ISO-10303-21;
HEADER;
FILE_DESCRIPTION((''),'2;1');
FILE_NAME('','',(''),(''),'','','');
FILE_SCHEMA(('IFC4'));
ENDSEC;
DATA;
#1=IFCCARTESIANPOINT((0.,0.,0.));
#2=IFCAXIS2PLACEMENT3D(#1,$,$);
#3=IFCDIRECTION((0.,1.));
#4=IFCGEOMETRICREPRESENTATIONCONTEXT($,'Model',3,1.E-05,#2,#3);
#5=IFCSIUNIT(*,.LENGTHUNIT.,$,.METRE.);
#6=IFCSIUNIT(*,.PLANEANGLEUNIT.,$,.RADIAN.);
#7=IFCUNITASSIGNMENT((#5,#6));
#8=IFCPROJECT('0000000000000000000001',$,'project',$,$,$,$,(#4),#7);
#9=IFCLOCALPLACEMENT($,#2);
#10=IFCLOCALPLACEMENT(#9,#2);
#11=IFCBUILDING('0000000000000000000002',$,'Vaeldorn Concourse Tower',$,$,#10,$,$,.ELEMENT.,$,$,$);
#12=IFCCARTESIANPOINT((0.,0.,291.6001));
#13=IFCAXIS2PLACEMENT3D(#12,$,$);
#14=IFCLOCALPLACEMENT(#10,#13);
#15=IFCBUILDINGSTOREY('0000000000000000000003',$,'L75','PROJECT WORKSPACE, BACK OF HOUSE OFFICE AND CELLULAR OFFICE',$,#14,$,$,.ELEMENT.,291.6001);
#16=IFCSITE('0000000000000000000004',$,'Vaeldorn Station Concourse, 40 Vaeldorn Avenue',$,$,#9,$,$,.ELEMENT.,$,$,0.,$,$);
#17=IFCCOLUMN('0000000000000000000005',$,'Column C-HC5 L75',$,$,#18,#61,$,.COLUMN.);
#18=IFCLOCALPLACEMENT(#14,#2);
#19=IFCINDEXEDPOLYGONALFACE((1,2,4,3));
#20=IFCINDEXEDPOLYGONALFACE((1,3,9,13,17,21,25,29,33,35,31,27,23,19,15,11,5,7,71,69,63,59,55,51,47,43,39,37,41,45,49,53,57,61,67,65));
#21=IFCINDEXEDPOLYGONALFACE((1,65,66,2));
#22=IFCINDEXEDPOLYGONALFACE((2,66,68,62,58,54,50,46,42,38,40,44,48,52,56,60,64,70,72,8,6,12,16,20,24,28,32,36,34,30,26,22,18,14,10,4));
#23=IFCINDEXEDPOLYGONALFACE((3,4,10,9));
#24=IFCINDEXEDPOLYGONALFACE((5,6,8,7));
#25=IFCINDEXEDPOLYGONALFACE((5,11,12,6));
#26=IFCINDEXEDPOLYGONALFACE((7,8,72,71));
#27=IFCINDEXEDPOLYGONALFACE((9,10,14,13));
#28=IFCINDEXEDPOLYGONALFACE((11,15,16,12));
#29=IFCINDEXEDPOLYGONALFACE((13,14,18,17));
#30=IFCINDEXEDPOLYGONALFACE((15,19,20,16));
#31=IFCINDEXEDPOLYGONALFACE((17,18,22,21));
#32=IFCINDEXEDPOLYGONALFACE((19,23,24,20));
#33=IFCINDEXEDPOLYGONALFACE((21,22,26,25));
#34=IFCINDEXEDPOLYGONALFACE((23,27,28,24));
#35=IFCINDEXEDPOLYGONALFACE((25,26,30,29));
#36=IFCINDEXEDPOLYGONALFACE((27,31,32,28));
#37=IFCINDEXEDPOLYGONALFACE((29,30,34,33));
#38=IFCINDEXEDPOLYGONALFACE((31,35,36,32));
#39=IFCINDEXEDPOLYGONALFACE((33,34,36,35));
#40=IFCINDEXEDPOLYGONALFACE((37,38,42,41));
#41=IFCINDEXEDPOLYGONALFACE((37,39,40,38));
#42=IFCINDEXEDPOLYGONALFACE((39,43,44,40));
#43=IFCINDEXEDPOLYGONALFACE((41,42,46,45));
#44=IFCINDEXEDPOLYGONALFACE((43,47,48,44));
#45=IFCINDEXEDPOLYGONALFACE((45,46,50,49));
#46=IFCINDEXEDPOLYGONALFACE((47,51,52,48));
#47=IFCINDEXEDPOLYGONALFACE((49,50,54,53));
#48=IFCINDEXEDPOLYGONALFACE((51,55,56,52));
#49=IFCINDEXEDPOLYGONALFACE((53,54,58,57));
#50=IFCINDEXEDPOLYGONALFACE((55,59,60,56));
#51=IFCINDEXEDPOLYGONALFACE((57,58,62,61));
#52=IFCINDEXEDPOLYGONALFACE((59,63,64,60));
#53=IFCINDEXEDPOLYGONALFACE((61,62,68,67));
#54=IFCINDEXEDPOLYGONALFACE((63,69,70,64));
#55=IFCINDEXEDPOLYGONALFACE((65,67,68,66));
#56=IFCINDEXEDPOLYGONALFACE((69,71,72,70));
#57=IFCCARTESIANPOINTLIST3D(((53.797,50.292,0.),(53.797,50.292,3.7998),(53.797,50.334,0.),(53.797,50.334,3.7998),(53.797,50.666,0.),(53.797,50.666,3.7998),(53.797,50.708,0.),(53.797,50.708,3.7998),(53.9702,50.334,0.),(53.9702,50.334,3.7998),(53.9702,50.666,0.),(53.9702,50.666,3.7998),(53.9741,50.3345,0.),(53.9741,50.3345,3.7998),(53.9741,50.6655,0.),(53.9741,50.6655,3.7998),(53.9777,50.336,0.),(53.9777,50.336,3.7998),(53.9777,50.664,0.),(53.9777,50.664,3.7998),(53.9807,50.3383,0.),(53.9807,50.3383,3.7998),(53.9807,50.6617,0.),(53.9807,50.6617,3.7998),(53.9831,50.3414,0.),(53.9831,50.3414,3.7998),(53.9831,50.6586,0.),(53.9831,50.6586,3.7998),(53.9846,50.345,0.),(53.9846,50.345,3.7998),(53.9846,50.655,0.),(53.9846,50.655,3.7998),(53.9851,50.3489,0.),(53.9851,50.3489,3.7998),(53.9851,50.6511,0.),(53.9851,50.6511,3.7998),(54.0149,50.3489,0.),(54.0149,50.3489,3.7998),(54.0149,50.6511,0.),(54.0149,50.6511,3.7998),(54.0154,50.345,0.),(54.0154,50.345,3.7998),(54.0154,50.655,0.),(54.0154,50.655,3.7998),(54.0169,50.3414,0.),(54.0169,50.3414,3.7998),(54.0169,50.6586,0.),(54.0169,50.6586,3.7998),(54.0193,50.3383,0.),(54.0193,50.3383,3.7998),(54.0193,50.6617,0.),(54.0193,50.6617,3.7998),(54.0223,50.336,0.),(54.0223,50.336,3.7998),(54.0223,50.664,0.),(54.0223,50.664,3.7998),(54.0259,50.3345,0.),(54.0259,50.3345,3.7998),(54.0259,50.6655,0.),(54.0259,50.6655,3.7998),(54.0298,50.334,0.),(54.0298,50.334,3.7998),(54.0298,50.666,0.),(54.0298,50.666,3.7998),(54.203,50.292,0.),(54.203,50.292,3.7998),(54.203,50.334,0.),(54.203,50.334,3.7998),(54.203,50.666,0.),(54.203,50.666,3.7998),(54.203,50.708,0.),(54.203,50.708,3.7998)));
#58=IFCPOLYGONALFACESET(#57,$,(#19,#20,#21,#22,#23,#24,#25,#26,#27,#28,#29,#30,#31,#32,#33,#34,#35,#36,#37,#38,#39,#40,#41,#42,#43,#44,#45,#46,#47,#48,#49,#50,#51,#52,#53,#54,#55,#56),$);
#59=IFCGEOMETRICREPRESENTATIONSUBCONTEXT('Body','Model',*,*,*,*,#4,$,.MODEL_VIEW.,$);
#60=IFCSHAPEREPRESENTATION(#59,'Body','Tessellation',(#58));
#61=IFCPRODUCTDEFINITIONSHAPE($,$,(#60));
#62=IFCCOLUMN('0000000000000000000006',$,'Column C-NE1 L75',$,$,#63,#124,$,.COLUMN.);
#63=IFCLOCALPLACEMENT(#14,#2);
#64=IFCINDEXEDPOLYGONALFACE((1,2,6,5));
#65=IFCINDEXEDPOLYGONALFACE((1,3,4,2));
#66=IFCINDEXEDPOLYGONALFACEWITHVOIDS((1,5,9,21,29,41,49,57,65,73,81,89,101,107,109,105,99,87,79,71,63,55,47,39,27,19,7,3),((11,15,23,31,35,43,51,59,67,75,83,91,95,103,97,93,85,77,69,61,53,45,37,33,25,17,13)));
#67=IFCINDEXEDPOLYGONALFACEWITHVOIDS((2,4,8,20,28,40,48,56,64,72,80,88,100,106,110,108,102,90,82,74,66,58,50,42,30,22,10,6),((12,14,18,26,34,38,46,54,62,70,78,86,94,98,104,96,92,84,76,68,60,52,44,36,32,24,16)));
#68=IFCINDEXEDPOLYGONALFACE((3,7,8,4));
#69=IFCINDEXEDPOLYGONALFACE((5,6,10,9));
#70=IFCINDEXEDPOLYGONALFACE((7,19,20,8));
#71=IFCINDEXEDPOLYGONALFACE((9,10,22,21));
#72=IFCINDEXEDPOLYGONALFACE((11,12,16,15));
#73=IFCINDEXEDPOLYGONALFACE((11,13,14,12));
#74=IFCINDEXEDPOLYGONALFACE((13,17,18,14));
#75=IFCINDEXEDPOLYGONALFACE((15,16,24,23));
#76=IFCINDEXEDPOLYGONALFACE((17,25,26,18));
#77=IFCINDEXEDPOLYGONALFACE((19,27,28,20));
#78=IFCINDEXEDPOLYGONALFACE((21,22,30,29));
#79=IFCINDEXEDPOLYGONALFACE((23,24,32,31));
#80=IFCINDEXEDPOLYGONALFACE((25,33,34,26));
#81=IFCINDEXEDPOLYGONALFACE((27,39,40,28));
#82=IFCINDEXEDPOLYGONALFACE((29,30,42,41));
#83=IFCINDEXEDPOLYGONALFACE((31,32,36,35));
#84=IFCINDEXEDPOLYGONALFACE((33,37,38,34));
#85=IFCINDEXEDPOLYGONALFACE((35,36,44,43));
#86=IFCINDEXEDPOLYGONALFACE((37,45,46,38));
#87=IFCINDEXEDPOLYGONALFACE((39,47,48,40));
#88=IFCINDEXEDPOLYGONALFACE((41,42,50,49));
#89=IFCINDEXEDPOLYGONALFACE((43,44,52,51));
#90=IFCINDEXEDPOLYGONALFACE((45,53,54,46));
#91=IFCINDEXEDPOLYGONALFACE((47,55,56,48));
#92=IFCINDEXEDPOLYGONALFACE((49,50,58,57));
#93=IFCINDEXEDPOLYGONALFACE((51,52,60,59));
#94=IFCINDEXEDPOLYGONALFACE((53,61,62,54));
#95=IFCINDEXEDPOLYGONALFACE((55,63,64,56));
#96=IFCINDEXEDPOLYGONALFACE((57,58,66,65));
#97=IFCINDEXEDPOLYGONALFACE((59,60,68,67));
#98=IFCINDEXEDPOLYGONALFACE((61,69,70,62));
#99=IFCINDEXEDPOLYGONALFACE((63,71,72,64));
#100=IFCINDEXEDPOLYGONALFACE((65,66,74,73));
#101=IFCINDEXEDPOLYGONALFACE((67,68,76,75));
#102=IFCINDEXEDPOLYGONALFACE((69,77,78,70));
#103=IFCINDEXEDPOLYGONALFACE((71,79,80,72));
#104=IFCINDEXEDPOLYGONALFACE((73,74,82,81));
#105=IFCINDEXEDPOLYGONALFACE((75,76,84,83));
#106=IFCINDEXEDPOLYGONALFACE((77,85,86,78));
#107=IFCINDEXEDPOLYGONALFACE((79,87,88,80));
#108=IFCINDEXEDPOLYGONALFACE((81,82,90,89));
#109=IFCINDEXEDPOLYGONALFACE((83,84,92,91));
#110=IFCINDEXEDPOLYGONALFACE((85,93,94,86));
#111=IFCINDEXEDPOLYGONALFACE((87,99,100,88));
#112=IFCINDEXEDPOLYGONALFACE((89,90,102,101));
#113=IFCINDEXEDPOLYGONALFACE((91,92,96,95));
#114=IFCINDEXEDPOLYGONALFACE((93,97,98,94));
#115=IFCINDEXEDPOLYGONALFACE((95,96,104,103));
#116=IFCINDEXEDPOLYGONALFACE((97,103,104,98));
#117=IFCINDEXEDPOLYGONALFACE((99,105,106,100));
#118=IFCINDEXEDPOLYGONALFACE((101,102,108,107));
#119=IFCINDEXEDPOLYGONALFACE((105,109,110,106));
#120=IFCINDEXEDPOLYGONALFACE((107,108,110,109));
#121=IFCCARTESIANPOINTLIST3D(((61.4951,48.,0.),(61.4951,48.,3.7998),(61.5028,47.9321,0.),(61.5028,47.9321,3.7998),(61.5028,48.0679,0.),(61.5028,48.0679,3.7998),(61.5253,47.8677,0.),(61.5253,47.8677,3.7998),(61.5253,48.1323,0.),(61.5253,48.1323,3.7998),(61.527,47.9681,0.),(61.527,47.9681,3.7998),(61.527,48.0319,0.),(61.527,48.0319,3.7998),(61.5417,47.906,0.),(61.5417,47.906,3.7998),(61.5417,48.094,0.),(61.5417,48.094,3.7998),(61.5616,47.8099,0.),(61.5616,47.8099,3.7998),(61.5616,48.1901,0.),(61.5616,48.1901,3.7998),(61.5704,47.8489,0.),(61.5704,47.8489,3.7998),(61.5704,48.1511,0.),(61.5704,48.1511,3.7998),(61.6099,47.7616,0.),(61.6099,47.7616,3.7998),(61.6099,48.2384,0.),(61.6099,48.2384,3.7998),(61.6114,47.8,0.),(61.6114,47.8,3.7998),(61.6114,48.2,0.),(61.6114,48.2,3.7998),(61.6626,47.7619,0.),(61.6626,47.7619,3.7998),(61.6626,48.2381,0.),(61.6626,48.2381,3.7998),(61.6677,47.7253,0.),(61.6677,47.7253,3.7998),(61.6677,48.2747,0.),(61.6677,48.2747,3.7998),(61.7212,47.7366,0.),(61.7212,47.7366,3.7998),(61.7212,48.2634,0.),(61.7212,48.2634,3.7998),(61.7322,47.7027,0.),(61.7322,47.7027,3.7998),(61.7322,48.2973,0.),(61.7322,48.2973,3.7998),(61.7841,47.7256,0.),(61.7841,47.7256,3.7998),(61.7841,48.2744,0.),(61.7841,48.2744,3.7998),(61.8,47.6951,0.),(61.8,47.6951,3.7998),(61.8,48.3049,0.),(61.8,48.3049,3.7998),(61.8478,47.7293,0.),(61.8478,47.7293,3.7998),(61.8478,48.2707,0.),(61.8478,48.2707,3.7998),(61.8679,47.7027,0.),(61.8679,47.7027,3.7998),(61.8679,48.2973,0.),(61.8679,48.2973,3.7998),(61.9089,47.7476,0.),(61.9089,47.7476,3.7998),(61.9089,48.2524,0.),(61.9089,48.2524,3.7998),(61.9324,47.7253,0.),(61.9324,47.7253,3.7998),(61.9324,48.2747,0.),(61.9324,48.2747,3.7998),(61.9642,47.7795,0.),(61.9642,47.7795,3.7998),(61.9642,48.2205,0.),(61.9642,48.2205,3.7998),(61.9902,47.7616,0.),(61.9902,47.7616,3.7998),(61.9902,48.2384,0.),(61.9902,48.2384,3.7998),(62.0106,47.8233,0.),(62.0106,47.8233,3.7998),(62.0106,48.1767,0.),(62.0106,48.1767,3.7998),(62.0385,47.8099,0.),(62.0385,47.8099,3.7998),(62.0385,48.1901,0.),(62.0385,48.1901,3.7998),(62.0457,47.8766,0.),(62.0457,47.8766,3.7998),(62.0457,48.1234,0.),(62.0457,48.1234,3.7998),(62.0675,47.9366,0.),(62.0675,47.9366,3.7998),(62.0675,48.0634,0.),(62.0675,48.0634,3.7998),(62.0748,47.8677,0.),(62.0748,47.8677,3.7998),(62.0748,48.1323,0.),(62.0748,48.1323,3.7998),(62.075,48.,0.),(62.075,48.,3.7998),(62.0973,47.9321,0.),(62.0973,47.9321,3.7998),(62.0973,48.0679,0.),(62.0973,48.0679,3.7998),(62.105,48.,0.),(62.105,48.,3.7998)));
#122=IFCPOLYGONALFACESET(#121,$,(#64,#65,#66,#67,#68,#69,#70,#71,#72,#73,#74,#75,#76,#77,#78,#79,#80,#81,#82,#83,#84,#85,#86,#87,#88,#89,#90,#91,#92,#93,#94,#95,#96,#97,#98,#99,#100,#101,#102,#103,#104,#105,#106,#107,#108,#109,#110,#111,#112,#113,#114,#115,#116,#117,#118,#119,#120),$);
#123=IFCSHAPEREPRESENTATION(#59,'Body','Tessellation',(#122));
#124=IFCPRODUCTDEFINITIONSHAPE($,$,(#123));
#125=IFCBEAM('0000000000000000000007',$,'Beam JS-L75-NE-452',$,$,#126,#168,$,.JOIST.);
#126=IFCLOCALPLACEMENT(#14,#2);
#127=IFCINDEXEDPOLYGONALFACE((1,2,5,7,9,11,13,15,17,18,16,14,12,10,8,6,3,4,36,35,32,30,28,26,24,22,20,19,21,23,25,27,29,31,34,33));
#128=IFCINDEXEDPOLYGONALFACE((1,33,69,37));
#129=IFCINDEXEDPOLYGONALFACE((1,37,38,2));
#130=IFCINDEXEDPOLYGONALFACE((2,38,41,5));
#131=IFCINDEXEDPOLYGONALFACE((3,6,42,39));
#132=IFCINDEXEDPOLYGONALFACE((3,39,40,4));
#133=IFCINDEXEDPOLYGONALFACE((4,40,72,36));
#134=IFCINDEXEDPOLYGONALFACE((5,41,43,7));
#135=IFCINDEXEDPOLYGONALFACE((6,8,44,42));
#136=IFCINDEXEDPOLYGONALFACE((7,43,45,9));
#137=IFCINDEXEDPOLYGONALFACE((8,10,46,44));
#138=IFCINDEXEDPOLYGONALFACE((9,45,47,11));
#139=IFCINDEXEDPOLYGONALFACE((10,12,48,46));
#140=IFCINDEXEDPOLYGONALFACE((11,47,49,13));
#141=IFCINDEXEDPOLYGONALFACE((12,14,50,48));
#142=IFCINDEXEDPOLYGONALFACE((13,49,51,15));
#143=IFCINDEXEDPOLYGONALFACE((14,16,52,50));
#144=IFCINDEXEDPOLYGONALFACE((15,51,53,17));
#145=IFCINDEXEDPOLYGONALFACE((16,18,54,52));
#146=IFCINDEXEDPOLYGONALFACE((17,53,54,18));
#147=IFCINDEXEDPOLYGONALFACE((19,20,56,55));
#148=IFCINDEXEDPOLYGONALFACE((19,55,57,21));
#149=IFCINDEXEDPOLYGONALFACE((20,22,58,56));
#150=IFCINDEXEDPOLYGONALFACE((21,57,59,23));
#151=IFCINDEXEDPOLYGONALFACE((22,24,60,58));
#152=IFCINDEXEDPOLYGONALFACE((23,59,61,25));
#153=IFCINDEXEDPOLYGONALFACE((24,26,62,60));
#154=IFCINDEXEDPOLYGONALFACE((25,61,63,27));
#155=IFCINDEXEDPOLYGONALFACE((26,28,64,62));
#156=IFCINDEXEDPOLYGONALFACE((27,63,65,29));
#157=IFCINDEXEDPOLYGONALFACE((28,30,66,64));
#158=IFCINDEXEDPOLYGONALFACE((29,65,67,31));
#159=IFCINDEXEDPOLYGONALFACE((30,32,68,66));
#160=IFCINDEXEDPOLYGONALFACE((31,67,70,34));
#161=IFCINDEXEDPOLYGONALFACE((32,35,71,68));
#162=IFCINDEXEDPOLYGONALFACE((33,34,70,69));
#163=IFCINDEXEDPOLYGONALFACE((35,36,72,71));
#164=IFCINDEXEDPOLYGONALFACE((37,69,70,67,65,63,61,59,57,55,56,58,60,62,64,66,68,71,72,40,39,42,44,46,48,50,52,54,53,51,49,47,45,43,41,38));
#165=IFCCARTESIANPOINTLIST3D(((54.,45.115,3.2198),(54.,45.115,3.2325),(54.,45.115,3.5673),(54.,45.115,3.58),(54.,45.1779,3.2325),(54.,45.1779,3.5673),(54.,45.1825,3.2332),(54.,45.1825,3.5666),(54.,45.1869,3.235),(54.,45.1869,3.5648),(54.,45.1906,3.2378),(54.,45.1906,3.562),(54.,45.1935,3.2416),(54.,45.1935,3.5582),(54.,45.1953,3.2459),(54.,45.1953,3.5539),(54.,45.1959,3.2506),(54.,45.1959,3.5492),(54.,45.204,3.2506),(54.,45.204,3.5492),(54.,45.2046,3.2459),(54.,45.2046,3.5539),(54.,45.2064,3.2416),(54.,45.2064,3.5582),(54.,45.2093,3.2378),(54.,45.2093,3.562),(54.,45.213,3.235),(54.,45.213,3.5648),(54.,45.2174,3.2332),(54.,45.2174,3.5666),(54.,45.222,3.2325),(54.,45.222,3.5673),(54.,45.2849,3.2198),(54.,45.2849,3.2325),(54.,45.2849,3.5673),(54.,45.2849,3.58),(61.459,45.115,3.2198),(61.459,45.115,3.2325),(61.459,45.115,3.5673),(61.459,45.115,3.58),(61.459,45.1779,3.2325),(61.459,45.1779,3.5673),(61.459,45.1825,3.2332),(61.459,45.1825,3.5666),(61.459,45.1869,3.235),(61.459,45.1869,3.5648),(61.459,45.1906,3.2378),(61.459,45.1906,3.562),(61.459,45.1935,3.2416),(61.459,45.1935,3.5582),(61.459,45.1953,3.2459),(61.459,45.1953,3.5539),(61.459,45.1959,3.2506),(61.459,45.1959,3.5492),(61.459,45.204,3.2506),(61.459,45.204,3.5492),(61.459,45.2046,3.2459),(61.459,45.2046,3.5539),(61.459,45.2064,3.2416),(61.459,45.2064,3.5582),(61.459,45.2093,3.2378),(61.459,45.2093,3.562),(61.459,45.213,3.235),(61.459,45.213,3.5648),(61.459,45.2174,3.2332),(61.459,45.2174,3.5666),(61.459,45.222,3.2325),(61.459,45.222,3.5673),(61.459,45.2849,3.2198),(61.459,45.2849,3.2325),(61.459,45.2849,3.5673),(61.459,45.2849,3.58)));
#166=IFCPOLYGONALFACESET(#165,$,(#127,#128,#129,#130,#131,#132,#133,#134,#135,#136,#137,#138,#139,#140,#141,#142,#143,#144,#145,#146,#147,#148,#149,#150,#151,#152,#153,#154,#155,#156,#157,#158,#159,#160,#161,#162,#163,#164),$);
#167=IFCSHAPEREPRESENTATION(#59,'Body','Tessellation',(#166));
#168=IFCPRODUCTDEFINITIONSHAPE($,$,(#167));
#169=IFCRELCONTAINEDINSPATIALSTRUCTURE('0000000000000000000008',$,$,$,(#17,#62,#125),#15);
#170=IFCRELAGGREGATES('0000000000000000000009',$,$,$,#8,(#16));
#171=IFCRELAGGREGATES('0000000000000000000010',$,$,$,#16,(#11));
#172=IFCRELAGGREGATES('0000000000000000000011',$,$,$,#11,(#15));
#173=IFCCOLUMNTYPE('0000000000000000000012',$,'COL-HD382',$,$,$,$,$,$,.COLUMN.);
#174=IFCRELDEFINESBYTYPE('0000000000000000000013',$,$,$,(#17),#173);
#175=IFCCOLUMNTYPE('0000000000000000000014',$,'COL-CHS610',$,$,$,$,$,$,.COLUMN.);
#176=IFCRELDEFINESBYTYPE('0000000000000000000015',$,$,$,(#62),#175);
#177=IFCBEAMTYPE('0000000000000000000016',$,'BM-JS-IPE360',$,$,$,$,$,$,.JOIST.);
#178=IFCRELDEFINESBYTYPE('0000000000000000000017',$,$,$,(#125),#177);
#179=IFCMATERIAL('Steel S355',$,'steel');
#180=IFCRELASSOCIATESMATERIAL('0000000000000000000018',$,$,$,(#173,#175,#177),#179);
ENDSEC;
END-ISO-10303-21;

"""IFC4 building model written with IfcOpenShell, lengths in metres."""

from ifc_helpers import new_model, si_unit, direction, frame, origin, origin_2d, place, context, subcontext, project, spatial, hollow_circle, i_section, extrude, source, transform, mapped, material, material_profile, profile_set, type_object, element, save


model = new_model("IFC4")

# Units and contexts
model_context = context("Model", 3, precision=1e-05, world=origin(), true_north=direction((0.0, 1.0)))
body_context = subcontext(model_context, "Body", "Model", "MODEL_VIEW")
ifc_project = project(units=[si_unit("LENGTHUNIT", "METRE"), si_unit("PLANEANGLEUNIT", "RADIAN")], contexts=[model_context])

# Site, building, storey
site_placement = place(None, origin())
site = spatial("IfcSite", under=ifc_project, at=site_placement, Name="Vaeldorn Station Concourse, 40 Vaeldorn Avenue", CompositionType="ELEMENT", RefElevation=0.0)
building_placement = place(site_placement, origin())
building = spatial("IfcBuilding", under=site, at=building_placement, Name="Vaeldorn Concourse Tower", CompositionType="ELEMENT")
storey_placement = place(building_placement, frame((0.0, 0.0, 291.6001)))
storey = spatial("IfcBuildingStorey", under=building, at=storey_placement, Name="L75", Description="PROJECT WORKSPACE, BACK OF HOUSE OFFICE AND CELLULAR OFFICE", CompositionType="ELEMENT", Elevation=291.6001)

# Columns
ifc_material_1 = material(Name="Steel S355", Category="steel")
ifc_material_profile_1 = material_profile(ifc_material_1, i_section(OverallWidth=0.406, OverallDepth=0.416, WebThickness=0.0298, FlangeThickness=0.042, FilletRadius=0.0149, at=origin_2d()), Name="HD 400x382")
ifc_profile_set_1 = profile_set([ifc_material_profile_1], Name="Steel S355")
column_type_1 = type_object("IfcColumnType", Name="COL-HD382", PredefinedType="COLUMN", material=ifc_profile_set_1)
shared_shape_1 = source(origin(), body_context, "Body", "SweptSolid", [
    extrude(i_section(OverallWidth=0.406, OverallDepth=0.416, WebThickness=0.0298, FlangeThickness=0.042, FilletRadius=0.0149, at=origin_2d()), origin(), (0.0, 0.0, 1.0), 3.7998),
])
column_1_placement = place(storey_placement, frame((54.0, 50.5, 0.0), z_axis=(0.0, 0.0, 1.0), x_axis=(1.0, 0.0, 0.0)))
element("IfcColumn", 1, at=column_1_placement, inside=storey, type_object=column_type_1, Name="Column C-HC5 L75", PredefinedType="COLUMN", context=body_context, shape_type="MappedRepresentation", body=[
    mapped(shared_shape_1, transform((0.0, 0.0, 0.0), scale=1.0)),
])
ifc_material_profile_2 = material_profile(ifc_material_1, hollow_circle(Radius=0.3049, WallThickness=0.03, at=origin_2d()), Name="CHS 610x30")
ifc_profile_set_2 = profile_set([ifc_material_profile_2], Name="Steel S355")
column_type_2 = type_object("IfcColumnType", Name="COL-CHS610", PredefinedType="COLUMN", material=ifc_profile_set_2)
shared_shape_2 = source(origin(), body_context, "Body", "SweptSolid", [
    extrude(hollow_circle(Radius=0.3049, WallThickness=0.03, at=origin_2d()), origin(), (0.0, 0.0, 1.0), 3.7998),
])
column_2_placement = place(storey_placement, frame((61.8, 48.0, 0.0), z_axis=(0.0, 0.0, 1.0), x_axis=(1.0, 0.0, 0.0)))
element("IfcColumn", 2, at=column_2_placement, inside=storey, type_object=column_type_2, Name="Column C-NE1 L75", PredefinedType="COLUMN", context=body_context, shape_type="MappedRepresentation", body=[
    mapped(shared_shape_2, transform((0.0, 0.0, 0.0), scale=1.0)),
])

# Beam
ifc_material_profile_3 = material_profile(ifc_material_1, i_section(OverallWidth=0.1699, OverallDepth=0.3601, WebThickness=0.0081, FlangeThickness=0.0127, FilletRadius=0.0181, at=origin_2d()), Name="IPE 360")
ifc_profile_set_3 = profile_set([ifc_material_profile_3], Name="Steel S355")
beam_type_1 = type_object("IfcBeamType", Name="BM-JS-IPE360", PredefinedType="JOIST", material=ifc_profile_set_3)
shared_shape_3 = source(origin(), body_context, "Body", "SweptSolid", [
    extrude(i_section(OverallWidth=0.1699, OverallDepth=0.3601, WebThickness=0.0081, FlangeThickness=0.0127, FilletRadius=0.0181, at=origin_2d()), origin(), (0.0, 0.0, 1.0), 7.459),
])
beam_1_placement = place(storey_placement, frame((54.0, 45.2, 3.3999), z_axis=(1.0, 0.0, 0.0), x_axis=(0.0, 1.0, 0.0)))
element("IfcBeam", 3, at=beam_1_placement, inside=storey, type_object=beam_type_1, Name="Beam JS-L75-NE-452", PredefinedType="JOIST", context=body_context, shape_type="MappedRepresentation", body=[
    mapped(shared_shape_3, transform((0.0, 0.0, 0.0), scale=1.0)),
])

save(model, "model.ifc")
